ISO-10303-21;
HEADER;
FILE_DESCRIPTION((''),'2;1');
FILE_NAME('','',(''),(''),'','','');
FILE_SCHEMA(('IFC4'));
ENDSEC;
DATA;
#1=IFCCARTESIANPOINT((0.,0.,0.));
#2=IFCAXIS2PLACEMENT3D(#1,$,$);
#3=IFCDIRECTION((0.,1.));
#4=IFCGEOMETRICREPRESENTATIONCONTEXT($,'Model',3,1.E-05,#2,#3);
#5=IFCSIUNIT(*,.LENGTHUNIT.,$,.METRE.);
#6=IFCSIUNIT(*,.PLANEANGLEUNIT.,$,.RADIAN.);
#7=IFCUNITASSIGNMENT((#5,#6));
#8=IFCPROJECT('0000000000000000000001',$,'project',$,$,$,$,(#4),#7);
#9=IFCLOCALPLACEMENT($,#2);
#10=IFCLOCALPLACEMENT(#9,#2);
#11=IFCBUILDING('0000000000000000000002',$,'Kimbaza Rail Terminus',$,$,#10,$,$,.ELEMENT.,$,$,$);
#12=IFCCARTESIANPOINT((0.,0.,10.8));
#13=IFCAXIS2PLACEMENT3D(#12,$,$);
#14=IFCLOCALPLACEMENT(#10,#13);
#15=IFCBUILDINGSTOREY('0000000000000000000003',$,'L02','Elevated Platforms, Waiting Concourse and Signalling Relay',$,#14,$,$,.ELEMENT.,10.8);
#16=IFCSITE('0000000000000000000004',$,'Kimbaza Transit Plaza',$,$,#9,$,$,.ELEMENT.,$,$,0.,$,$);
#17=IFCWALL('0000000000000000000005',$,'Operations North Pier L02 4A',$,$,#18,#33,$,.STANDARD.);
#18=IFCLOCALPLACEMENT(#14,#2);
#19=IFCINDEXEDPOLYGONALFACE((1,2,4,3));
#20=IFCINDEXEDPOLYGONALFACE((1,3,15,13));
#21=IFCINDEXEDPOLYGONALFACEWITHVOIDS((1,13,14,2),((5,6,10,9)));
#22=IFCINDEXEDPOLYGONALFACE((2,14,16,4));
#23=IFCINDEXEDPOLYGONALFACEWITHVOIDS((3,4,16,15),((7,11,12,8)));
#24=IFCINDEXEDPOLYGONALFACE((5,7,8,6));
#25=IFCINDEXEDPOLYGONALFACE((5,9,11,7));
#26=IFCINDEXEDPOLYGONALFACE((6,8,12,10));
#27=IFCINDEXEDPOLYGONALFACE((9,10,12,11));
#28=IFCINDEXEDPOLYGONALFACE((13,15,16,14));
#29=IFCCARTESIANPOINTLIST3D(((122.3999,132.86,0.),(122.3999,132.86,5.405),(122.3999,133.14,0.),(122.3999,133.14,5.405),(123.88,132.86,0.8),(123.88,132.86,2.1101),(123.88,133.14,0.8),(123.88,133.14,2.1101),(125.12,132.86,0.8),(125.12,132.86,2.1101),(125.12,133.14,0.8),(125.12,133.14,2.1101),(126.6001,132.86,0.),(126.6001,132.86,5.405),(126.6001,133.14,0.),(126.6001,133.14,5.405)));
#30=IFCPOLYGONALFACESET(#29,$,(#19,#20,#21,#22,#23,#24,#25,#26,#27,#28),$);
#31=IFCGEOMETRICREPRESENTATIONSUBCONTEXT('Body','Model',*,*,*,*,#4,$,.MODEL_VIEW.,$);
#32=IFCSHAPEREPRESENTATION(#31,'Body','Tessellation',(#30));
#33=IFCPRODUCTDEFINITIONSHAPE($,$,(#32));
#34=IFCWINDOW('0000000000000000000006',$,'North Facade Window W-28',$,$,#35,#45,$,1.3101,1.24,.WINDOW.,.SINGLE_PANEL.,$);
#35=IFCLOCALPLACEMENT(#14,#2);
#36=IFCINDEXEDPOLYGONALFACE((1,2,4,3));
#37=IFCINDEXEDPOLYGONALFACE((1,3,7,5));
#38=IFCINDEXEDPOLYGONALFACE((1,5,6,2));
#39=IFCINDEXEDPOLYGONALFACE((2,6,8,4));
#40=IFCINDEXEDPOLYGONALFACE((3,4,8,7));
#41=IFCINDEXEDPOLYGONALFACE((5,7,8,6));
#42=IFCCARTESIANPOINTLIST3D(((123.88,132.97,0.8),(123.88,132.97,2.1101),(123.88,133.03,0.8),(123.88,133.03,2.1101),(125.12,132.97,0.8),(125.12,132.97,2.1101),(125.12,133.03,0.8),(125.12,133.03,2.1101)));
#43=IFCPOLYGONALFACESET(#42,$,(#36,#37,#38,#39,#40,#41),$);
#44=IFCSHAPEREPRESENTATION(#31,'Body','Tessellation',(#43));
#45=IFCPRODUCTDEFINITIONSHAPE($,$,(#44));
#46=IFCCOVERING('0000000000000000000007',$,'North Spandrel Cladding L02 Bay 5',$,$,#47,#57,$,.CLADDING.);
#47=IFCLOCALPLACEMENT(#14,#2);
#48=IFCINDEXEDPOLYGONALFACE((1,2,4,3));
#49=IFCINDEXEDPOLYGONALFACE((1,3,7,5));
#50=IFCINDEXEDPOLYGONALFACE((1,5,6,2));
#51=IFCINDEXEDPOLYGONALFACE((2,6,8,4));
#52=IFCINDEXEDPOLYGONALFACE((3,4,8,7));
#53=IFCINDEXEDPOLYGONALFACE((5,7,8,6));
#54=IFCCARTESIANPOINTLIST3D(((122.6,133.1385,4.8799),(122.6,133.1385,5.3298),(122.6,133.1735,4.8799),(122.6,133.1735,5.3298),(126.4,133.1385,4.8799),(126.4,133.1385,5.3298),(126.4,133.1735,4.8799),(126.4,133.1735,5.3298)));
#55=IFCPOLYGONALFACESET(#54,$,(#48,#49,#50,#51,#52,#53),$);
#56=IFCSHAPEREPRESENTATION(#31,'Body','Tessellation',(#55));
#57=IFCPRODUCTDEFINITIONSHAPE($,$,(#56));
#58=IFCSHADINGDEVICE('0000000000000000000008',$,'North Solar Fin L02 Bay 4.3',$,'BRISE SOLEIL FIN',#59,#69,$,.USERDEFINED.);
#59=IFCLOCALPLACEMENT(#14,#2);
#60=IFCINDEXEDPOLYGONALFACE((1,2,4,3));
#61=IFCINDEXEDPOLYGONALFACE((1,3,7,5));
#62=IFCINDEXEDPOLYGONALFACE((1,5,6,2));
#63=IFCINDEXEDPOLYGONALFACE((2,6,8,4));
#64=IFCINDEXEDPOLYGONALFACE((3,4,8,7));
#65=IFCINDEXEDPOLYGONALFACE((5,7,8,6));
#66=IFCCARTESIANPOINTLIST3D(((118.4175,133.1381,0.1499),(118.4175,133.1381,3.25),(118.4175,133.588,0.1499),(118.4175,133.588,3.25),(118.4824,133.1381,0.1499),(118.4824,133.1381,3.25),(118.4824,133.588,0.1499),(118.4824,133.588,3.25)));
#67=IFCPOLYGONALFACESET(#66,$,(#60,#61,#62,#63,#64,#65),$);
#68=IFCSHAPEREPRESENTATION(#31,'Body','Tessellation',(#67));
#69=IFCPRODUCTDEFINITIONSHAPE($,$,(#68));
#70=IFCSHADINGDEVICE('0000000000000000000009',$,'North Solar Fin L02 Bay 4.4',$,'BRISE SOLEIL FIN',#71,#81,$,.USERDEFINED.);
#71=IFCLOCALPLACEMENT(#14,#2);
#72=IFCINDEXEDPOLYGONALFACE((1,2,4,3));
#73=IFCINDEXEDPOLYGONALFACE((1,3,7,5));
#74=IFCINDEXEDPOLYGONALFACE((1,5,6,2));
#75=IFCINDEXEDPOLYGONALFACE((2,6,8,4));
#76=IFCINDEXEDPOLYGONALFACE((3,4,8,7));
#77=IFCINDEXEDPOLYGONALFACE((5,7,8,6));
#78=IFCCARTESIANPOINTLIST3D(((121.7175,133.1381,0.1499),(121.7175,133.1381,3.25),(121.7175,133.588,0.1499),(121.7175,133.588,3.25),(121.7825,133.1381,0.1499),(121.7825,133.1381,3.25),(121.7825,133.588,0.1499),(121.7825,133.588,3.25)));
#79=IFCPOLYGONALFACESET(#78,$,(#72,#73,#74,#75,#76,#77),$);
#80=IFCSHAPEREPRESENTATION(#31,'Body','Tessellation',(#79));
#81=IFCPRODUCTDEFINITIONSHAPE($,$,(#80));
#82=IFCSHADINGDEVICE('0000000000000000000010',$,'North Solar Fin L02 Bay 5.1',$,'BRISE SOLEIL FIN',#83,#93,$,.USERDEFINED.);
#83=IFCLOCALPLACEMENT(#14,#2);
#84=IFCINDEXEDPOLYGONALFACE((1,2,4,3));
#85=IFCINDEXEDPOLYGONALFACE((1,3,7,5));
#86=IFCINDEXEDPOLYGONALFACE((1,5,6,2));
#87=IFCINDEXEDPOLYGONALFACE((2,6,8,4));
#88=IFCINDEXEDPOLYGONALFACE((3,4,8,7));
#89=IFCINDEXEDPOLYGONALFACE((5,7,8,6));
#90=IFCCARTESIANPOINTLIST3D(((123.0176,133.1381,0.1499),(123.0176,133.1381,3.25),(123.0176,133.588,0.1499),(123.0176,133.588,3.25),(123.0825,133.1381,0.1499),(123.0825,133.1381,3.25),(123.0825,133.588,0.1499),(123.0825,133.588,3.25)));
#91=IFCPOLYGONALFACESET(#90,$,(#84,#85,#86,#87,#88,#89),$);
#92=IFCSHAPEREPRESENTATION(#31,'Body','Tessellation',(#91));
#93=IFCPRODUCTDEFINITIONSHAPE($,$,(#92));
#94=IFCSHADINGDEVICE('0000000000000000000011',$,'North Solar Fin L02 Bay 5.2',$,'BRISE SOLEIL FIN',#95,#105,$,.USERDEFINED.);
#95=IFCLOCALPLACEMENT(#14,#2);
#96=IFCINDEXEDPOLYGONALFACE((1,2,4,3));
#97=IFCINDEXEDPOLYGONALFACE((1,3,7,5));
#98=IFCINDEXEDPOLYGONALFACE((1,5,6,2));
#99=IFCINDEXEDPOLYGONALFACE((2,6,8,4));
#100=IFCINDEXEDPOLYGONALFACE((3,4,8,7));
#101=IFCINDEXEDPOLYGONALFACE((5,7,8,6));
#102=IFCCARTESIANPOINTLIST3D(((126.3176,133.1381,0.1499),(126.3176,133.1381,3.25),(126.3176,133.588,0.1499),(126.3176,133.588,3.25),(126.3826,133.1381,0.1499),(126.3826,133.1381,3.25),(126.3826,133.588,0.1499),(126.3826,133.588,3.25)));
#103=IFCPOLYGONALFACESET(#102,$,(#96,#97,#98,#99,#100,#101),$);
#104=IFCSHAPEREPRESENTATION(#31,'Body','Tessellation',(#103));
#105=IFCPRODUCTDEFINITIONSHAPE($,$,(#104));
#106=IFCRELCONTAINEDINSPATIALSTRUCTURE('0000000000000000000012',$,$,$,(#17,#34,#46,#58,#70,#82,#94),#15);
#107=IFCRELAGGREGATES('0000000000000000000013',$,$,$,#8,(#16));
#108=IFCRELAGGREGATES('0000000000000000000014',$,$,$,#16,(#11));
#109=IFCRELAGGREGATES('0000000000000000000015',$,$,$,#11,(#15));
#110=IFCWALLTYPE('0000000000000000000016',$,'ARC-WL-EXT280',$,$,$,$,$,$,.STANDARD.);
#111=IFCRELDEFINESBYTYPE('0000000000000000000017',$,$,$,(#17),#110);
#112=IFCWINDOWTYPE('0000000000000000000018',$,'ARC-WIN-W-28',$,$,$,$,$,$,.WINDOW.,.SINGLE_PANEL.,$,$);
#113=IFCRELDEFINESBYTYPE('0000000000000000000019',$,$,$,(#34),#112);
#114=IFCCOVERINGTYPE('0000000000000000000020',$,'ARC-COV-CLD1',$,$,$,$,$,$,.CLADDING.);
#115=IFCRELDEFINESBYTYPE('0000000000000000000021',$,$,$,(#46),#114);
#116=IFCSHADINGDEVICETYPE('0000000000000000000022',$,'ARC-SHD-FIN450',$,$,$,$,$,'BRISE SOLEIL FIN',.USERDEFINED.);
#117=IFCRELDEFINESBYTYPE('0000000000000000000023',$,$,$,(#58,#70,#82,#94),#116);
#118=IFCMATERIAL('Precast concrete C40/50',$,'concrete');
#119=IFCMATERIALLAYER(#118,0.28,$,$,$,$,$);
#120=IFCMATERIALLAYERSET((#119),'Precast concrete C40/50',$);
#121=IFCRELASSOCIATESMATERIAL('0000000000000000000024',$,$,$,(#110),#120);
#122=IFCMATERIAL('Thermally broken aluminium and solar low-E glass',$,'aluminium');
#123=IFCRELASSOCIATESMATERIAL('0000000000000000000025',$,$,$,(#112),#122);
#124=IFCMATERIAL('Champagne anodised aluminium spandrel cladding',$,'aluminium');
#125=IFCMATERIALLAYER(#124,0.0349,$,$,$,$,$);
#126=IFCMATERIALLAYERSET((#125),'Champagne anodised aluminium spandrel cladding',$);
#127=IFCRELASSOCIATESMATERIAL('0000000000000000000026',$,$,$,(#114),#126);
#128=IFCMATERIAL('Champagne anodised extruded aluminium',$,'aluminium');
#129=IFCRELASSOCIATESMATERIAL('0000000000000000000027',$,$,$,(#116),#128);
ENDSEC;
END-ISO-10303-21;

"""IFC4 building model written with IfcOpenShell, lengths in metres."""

from ifc_helpers import new_model, si_unit, direction, frame, frame_2d, origin, origin_2d, place, context, subcontext, project, spatial, rectangle, extrude, material, layer, layer_set, type_object, element, fill, save


model = new_model("IFC4")

# Units and contexts
model_context = context("Model", 3, precision=1e-05, world=origin(), true_north=direction((0.0, 1.0)))
body_context = subcontext(model_context, "Body", "Model", "MODEL_VIEW")
ifc_project = project(units=[si_unit("LENGTHUNIT", "METRE"), si_unit("PLANEANGLEUNIT", "RADIAN")], contexts=[model_context])

# Site, building, storey
site_placement = place(None, origin())
site = spatial("IfcSite", under=ifc_project, at=site_placement, Name="Kimbaza Transit Plaza", CompositionType="ELEMENT", RefElevation=0.0)
building_placement = place(site_placement, origin())
building = spatial("IfcBuilding", under=site, at=building_placement, Name="Kimbaza Rail Terminus", CompositionType="ELEMENT")
storey_placement = place(building_placement, frame((0.0, 0.0, 10.8)))
storey = spatial("IfcBuildingStorey", under=building, at=storey_placement, Name="L02", Description="Elevated Platforms, Waiting Concourse and Signalling Relay", CompositionType="ELEMENT", Elevation=10.8)

# Wall, opening, window
ifc_material_1 = material(Name="Precast concrete C40/50", Category="concrete")
ifc_layer_1 = layer(ifc_material_1, 0.28)
ifc_layer_set_1 = layer_set([ifc_layer_1], Name="Precast concrete C40/50")
wall_type = type_object("IfcWallType", Name="ARC-WL-EXT280", PredefinedType="STANDARD", material=ifc_layer_set_1)
wall_1_placement = place(storey_placement, frame((122.3999, 133.0, 0.0), z_axis=(0.0, 0.0, 1.0), x_axis=(1.0, 0.0, 0.0)))
wall_1 = element("IfcWall", 1, at=wall_1_placement, inside=storey, type_object=wall_type, Name="Operations North Pier L02 4A", PredefinedType="STANDARD", context=body_context, shape_type="SweptSolid", body=[
    extrude(rectangle(XDim=4.2002, YDim=0.28, at=frame_2d((2.1001, 0.0))), origin(), (0.0, 0.0, 1.0), 5.405),
])
opening_1_placement = place(wall_1_placement, frame((1.48, 0.0, 0.8)))
opening_1 = element("IfcOpeningElement", 2, at=opening_1_placement, cuts=wall_1, PredefinedType="OPENING", context=body_context, shape_type="SweptSolid", body=[
    extrude(rectangle(XDim=1.24, YDim=1.3101, at=frame_2d((0.6201, 0.655))), frame((0.0, 0.1499, 0.0), z_axis=(0.0, -1.0, 0.0), x_axis=(1.0, 0.0, 0.0)), (0.0, 0.0, 1.0), 0.3),
])
ifc_material_2 = material(Name="Thermally broken aluminium and solar low-E glass", Category="aluminium")
window_type_1 = type_object("IfcWindowType", Name="ARC-WIN-W-28", PartitioningType="SINGLE_PANEL", PredefinedType="WINDOW", material=ifc_material_2)
window_1_placement = place(opening_1_placement, origin())
window_1 = element("IfcWindow", 3, at=window_1_placement, inside=storey, type_object=window_type_1, Name="North Facade Window W-28", OverallHeight=1.3101, OverallWidth=1.24, PartitioningType="SINGLE_PANEL", PredefinedType="WINDOW", context=body_context, shape_type="SweptSolid", body=[
    extrude(rectangle(XDim=1.24, YDim=1.3101, at=frame_2d((0.6201, 0.655))), frame((0.0, 0.03, 0.0), z_axis=(0.0, -1.0, 0.0), x_axis=(1.0, 0.0, 0.0)), (0.0, 0.0, 1.0), 0.0601),
])
fill(opening_1, window_1)

# Covering
ifc_material_3 = material(Name="Champagne anodised aluminium spandrel cladding", Category="aluminium")
ifc_layer_2 = layer(ifc_material_3, 0.0349)
ifc_layer_set_2 = layer_set([ifc_layer_2], Name="Champagne anodised aluminium spandrel cladding")
covering_type = type_object("IfcCoveringType", Name="ARC-COV-CLD1", PredefinedType="CLADDING", material=ifc_layer_set_2)
covering_placement = place(storey_placement, frame((124.5, 133.156, 4.8799), z_axis=(0.0, 0.0, 1.0), x_axis=(1.0, 0.0, 0.0)))
element("IfcCovering", 4, at=covering_placement, inside=storey, type_object=covering_type, Name="North Spandrel Cladding L02 Bay 5", PredefinedType="CLADDING", context=body_context, shape_type="SweptSolid", body=[
    extrude(rectangle(XDim=3.8, YDim=0.0349, at=origin_2d()), origin(), (0.0, 0.0, 1.0), 0.45),
])

# Shading devices
ifc_material_4 = material(Name="Champagne anodised extruded aluminium", Category="aluminium")
shading_device_type = type_object("IfcShadingDeviceType", Name="ARC-SHD-FIN450", ElementType="BRISE SOLEIL FIN", PredefinedType="USERDEFINED", material=ifc_material_4)
for number, where, z_axis, x_axis, name in (
    (5, (118.45, 133.363, 0.1499), (0.0, 0.0, 1.0), (1.0, 0.0, 0.0), "North Solar Fin L02 Bay 4.3"),
    (6, (121.75, 133.363, 0.1499), (0.0, 0.0, 1.0), (1.0, 0.0, 0.0), "North Solar Fin L02 Bay 4.4"),
    (7, (123.05, 133.363, 0.1499), (0.0, 0.0, 1.0), (1.0, 0.0, 0.0), "North Solar Fin L02 Bay 5.1"),
    (8, (126.3501, 133.363, 0.1499), (0.0, 0.0, 1.0), (1.0, 0.0, 0.0), "North Solar Fin L02 Bay 5.2"),
):
    element("IfcShadingDevice", number, at=place(storey_placement, frame(where, z_axis=z_axis, x_axis=x_axis)), inside=storey, type_object=shading_device_type, Name=name, ObjectType="BRISE SOLEIL FIN", PredefinedType="USERDEFINED", context=body_context, shape_type="SweptSolid", body=[
        extrude(rectangle(XDim=0.0649, YDim=0.45, at=origin_2d()), origin(), (0.0, 0.0, 1.0), 3.1001),
    ])

save(model, "model.ifc")
